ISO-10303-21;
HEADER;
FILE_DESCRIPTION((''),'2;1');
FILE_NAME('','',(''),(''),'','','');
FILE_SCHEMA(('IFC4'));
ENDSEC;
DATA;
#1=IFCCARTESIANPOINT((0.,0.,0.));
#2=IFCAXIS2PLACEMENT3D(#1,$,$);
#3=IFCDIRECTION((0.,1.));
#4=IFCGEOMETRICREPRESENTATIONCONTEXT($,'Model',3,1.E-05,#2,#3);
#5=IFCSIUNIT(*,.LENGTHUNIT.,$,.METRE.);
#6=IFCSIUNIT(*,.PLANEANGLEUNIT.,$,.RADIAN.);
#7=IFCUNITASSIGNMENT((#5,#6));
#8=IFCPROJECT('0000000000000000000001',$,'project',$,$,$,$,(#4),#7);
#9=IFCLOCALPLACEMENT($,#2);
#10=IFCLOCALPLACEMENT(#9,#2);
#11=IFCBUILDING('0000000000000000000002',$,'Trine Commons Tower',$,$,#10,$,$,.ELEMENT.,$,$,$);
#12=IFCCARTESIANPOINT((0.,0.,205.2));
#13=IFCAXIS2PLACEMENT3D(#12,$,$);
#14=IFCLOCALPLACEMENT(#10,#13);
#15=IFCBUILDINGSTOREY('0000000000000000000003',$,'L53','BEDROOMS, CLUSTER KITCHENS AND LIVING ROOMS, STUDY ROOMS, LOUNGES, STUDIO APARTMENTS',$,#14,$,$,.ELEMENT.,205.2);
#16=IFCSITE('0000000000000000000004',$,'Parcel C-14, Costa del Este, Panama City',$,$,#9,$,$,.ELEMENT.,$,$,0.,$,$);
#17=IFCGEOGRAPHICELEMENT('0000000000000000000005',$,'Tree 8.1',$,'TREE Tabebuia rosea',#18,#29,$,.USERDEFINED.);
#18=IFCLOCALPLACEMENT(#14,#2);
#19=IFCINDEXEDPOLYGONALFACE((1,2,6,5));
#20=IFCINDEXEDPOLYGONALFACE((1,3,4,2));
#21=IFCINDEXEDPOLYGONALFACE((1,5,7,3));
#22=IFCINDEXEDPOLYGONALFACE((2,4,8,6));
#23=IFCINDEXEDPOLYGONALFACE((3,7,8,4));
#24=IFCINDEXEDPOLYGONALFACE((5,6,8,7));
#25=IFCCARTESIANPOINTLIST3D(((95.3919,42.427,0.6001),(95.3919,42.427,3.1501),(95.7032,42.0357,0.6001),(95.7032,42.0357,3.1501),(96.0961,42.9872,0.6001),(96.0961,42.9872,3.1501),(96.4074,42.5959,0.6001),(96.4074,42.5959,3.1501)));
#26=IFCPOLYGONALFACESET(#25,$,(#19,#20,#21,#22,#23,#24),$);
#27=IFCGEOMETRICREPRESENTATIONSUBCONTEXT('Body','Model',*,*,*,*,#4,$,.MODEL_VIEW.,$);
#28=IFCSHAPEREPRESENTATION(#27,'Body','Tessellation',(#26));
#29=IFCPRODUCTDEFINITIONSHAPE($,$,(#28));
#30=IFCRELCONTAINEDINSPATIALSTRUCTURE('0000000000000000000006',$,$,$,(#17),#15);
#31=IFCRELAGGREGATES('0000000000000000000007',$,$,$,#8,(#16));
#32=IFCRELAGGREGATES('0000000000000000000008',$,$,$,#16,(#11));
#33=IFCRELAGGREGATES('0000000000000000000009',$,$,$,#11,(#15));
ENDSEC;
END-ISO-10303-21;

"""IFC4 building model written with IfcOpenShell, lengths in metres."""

from ifc_helpers import new_model, si_unit, direction, frame, origin, origin_2d, place, context, subcontext, project, spatial, rectangle, extrude, element, save


model = new_model("IFC4")

# Units and contexts
model_context = context("Model", 3, precision=1e-05, world=origin(), true_north=direction((0.0, 1.0)))
body_context = subcontext(model_context, "Body", "Model", "MODEL_VIEW")
ifc_project = project(units=[si_unit("LENGTHUNIT", "METRE"), si_unit("PLANEANGLEUNIT", "RADIAN")], contexts=[model_context])

# Site, building, storey
site_placement = place(None, origin())
site = spatial("IfcSite", under=ifc_project, at=site_placement, Name="Parcel C-14, Costa del Este, Panama City", CompositionType="ELEMENT", RefElevation=0.0)
building_placement = place(site_placement, origin())
building = spatial("IfcBuilding", under=site, at=building_placement, Name="Trine Commons Tower", CompositionType="ELEMENT")
storey_placement = place(building_placement, frame((0.0, 0.0, 205.2)))
storey = spatial("IfcBuildingStorey", under=building, at=storey_placement, Name="L53", Description="BEDROOMS, CLUSTER KITCHENS AND LIVING ROOMS, STUDY ROOMS, LOUNGES, STUDIO APARTMENTS", CompositionType="ELEMENT", Elevation=205.2)

# Geographic element
geographic_element_placement = place(storey_placement, frame((95.8997, 42.5115, 0.6001), z_axis=(0.0, 0.0, 1.0), x_axis=(-0.782586, -0.622542, 0.0)))
element("IfcGeographicElement", 1, at=geographic_element_placement, inside=storey, Name="Tree 8.1", ObjectType="TREE Tabebuia rosea", PredefinedType="USERDEFINED", context=body_context, shape_type="SweptSolid", body=[
    extrude(rectangle(XDim=0.8999, YDim=0.5, at=origin_2d()), origin(), (0.0, 0.0, 1.0), 2.55),
])

save(model, "model.ifc")
